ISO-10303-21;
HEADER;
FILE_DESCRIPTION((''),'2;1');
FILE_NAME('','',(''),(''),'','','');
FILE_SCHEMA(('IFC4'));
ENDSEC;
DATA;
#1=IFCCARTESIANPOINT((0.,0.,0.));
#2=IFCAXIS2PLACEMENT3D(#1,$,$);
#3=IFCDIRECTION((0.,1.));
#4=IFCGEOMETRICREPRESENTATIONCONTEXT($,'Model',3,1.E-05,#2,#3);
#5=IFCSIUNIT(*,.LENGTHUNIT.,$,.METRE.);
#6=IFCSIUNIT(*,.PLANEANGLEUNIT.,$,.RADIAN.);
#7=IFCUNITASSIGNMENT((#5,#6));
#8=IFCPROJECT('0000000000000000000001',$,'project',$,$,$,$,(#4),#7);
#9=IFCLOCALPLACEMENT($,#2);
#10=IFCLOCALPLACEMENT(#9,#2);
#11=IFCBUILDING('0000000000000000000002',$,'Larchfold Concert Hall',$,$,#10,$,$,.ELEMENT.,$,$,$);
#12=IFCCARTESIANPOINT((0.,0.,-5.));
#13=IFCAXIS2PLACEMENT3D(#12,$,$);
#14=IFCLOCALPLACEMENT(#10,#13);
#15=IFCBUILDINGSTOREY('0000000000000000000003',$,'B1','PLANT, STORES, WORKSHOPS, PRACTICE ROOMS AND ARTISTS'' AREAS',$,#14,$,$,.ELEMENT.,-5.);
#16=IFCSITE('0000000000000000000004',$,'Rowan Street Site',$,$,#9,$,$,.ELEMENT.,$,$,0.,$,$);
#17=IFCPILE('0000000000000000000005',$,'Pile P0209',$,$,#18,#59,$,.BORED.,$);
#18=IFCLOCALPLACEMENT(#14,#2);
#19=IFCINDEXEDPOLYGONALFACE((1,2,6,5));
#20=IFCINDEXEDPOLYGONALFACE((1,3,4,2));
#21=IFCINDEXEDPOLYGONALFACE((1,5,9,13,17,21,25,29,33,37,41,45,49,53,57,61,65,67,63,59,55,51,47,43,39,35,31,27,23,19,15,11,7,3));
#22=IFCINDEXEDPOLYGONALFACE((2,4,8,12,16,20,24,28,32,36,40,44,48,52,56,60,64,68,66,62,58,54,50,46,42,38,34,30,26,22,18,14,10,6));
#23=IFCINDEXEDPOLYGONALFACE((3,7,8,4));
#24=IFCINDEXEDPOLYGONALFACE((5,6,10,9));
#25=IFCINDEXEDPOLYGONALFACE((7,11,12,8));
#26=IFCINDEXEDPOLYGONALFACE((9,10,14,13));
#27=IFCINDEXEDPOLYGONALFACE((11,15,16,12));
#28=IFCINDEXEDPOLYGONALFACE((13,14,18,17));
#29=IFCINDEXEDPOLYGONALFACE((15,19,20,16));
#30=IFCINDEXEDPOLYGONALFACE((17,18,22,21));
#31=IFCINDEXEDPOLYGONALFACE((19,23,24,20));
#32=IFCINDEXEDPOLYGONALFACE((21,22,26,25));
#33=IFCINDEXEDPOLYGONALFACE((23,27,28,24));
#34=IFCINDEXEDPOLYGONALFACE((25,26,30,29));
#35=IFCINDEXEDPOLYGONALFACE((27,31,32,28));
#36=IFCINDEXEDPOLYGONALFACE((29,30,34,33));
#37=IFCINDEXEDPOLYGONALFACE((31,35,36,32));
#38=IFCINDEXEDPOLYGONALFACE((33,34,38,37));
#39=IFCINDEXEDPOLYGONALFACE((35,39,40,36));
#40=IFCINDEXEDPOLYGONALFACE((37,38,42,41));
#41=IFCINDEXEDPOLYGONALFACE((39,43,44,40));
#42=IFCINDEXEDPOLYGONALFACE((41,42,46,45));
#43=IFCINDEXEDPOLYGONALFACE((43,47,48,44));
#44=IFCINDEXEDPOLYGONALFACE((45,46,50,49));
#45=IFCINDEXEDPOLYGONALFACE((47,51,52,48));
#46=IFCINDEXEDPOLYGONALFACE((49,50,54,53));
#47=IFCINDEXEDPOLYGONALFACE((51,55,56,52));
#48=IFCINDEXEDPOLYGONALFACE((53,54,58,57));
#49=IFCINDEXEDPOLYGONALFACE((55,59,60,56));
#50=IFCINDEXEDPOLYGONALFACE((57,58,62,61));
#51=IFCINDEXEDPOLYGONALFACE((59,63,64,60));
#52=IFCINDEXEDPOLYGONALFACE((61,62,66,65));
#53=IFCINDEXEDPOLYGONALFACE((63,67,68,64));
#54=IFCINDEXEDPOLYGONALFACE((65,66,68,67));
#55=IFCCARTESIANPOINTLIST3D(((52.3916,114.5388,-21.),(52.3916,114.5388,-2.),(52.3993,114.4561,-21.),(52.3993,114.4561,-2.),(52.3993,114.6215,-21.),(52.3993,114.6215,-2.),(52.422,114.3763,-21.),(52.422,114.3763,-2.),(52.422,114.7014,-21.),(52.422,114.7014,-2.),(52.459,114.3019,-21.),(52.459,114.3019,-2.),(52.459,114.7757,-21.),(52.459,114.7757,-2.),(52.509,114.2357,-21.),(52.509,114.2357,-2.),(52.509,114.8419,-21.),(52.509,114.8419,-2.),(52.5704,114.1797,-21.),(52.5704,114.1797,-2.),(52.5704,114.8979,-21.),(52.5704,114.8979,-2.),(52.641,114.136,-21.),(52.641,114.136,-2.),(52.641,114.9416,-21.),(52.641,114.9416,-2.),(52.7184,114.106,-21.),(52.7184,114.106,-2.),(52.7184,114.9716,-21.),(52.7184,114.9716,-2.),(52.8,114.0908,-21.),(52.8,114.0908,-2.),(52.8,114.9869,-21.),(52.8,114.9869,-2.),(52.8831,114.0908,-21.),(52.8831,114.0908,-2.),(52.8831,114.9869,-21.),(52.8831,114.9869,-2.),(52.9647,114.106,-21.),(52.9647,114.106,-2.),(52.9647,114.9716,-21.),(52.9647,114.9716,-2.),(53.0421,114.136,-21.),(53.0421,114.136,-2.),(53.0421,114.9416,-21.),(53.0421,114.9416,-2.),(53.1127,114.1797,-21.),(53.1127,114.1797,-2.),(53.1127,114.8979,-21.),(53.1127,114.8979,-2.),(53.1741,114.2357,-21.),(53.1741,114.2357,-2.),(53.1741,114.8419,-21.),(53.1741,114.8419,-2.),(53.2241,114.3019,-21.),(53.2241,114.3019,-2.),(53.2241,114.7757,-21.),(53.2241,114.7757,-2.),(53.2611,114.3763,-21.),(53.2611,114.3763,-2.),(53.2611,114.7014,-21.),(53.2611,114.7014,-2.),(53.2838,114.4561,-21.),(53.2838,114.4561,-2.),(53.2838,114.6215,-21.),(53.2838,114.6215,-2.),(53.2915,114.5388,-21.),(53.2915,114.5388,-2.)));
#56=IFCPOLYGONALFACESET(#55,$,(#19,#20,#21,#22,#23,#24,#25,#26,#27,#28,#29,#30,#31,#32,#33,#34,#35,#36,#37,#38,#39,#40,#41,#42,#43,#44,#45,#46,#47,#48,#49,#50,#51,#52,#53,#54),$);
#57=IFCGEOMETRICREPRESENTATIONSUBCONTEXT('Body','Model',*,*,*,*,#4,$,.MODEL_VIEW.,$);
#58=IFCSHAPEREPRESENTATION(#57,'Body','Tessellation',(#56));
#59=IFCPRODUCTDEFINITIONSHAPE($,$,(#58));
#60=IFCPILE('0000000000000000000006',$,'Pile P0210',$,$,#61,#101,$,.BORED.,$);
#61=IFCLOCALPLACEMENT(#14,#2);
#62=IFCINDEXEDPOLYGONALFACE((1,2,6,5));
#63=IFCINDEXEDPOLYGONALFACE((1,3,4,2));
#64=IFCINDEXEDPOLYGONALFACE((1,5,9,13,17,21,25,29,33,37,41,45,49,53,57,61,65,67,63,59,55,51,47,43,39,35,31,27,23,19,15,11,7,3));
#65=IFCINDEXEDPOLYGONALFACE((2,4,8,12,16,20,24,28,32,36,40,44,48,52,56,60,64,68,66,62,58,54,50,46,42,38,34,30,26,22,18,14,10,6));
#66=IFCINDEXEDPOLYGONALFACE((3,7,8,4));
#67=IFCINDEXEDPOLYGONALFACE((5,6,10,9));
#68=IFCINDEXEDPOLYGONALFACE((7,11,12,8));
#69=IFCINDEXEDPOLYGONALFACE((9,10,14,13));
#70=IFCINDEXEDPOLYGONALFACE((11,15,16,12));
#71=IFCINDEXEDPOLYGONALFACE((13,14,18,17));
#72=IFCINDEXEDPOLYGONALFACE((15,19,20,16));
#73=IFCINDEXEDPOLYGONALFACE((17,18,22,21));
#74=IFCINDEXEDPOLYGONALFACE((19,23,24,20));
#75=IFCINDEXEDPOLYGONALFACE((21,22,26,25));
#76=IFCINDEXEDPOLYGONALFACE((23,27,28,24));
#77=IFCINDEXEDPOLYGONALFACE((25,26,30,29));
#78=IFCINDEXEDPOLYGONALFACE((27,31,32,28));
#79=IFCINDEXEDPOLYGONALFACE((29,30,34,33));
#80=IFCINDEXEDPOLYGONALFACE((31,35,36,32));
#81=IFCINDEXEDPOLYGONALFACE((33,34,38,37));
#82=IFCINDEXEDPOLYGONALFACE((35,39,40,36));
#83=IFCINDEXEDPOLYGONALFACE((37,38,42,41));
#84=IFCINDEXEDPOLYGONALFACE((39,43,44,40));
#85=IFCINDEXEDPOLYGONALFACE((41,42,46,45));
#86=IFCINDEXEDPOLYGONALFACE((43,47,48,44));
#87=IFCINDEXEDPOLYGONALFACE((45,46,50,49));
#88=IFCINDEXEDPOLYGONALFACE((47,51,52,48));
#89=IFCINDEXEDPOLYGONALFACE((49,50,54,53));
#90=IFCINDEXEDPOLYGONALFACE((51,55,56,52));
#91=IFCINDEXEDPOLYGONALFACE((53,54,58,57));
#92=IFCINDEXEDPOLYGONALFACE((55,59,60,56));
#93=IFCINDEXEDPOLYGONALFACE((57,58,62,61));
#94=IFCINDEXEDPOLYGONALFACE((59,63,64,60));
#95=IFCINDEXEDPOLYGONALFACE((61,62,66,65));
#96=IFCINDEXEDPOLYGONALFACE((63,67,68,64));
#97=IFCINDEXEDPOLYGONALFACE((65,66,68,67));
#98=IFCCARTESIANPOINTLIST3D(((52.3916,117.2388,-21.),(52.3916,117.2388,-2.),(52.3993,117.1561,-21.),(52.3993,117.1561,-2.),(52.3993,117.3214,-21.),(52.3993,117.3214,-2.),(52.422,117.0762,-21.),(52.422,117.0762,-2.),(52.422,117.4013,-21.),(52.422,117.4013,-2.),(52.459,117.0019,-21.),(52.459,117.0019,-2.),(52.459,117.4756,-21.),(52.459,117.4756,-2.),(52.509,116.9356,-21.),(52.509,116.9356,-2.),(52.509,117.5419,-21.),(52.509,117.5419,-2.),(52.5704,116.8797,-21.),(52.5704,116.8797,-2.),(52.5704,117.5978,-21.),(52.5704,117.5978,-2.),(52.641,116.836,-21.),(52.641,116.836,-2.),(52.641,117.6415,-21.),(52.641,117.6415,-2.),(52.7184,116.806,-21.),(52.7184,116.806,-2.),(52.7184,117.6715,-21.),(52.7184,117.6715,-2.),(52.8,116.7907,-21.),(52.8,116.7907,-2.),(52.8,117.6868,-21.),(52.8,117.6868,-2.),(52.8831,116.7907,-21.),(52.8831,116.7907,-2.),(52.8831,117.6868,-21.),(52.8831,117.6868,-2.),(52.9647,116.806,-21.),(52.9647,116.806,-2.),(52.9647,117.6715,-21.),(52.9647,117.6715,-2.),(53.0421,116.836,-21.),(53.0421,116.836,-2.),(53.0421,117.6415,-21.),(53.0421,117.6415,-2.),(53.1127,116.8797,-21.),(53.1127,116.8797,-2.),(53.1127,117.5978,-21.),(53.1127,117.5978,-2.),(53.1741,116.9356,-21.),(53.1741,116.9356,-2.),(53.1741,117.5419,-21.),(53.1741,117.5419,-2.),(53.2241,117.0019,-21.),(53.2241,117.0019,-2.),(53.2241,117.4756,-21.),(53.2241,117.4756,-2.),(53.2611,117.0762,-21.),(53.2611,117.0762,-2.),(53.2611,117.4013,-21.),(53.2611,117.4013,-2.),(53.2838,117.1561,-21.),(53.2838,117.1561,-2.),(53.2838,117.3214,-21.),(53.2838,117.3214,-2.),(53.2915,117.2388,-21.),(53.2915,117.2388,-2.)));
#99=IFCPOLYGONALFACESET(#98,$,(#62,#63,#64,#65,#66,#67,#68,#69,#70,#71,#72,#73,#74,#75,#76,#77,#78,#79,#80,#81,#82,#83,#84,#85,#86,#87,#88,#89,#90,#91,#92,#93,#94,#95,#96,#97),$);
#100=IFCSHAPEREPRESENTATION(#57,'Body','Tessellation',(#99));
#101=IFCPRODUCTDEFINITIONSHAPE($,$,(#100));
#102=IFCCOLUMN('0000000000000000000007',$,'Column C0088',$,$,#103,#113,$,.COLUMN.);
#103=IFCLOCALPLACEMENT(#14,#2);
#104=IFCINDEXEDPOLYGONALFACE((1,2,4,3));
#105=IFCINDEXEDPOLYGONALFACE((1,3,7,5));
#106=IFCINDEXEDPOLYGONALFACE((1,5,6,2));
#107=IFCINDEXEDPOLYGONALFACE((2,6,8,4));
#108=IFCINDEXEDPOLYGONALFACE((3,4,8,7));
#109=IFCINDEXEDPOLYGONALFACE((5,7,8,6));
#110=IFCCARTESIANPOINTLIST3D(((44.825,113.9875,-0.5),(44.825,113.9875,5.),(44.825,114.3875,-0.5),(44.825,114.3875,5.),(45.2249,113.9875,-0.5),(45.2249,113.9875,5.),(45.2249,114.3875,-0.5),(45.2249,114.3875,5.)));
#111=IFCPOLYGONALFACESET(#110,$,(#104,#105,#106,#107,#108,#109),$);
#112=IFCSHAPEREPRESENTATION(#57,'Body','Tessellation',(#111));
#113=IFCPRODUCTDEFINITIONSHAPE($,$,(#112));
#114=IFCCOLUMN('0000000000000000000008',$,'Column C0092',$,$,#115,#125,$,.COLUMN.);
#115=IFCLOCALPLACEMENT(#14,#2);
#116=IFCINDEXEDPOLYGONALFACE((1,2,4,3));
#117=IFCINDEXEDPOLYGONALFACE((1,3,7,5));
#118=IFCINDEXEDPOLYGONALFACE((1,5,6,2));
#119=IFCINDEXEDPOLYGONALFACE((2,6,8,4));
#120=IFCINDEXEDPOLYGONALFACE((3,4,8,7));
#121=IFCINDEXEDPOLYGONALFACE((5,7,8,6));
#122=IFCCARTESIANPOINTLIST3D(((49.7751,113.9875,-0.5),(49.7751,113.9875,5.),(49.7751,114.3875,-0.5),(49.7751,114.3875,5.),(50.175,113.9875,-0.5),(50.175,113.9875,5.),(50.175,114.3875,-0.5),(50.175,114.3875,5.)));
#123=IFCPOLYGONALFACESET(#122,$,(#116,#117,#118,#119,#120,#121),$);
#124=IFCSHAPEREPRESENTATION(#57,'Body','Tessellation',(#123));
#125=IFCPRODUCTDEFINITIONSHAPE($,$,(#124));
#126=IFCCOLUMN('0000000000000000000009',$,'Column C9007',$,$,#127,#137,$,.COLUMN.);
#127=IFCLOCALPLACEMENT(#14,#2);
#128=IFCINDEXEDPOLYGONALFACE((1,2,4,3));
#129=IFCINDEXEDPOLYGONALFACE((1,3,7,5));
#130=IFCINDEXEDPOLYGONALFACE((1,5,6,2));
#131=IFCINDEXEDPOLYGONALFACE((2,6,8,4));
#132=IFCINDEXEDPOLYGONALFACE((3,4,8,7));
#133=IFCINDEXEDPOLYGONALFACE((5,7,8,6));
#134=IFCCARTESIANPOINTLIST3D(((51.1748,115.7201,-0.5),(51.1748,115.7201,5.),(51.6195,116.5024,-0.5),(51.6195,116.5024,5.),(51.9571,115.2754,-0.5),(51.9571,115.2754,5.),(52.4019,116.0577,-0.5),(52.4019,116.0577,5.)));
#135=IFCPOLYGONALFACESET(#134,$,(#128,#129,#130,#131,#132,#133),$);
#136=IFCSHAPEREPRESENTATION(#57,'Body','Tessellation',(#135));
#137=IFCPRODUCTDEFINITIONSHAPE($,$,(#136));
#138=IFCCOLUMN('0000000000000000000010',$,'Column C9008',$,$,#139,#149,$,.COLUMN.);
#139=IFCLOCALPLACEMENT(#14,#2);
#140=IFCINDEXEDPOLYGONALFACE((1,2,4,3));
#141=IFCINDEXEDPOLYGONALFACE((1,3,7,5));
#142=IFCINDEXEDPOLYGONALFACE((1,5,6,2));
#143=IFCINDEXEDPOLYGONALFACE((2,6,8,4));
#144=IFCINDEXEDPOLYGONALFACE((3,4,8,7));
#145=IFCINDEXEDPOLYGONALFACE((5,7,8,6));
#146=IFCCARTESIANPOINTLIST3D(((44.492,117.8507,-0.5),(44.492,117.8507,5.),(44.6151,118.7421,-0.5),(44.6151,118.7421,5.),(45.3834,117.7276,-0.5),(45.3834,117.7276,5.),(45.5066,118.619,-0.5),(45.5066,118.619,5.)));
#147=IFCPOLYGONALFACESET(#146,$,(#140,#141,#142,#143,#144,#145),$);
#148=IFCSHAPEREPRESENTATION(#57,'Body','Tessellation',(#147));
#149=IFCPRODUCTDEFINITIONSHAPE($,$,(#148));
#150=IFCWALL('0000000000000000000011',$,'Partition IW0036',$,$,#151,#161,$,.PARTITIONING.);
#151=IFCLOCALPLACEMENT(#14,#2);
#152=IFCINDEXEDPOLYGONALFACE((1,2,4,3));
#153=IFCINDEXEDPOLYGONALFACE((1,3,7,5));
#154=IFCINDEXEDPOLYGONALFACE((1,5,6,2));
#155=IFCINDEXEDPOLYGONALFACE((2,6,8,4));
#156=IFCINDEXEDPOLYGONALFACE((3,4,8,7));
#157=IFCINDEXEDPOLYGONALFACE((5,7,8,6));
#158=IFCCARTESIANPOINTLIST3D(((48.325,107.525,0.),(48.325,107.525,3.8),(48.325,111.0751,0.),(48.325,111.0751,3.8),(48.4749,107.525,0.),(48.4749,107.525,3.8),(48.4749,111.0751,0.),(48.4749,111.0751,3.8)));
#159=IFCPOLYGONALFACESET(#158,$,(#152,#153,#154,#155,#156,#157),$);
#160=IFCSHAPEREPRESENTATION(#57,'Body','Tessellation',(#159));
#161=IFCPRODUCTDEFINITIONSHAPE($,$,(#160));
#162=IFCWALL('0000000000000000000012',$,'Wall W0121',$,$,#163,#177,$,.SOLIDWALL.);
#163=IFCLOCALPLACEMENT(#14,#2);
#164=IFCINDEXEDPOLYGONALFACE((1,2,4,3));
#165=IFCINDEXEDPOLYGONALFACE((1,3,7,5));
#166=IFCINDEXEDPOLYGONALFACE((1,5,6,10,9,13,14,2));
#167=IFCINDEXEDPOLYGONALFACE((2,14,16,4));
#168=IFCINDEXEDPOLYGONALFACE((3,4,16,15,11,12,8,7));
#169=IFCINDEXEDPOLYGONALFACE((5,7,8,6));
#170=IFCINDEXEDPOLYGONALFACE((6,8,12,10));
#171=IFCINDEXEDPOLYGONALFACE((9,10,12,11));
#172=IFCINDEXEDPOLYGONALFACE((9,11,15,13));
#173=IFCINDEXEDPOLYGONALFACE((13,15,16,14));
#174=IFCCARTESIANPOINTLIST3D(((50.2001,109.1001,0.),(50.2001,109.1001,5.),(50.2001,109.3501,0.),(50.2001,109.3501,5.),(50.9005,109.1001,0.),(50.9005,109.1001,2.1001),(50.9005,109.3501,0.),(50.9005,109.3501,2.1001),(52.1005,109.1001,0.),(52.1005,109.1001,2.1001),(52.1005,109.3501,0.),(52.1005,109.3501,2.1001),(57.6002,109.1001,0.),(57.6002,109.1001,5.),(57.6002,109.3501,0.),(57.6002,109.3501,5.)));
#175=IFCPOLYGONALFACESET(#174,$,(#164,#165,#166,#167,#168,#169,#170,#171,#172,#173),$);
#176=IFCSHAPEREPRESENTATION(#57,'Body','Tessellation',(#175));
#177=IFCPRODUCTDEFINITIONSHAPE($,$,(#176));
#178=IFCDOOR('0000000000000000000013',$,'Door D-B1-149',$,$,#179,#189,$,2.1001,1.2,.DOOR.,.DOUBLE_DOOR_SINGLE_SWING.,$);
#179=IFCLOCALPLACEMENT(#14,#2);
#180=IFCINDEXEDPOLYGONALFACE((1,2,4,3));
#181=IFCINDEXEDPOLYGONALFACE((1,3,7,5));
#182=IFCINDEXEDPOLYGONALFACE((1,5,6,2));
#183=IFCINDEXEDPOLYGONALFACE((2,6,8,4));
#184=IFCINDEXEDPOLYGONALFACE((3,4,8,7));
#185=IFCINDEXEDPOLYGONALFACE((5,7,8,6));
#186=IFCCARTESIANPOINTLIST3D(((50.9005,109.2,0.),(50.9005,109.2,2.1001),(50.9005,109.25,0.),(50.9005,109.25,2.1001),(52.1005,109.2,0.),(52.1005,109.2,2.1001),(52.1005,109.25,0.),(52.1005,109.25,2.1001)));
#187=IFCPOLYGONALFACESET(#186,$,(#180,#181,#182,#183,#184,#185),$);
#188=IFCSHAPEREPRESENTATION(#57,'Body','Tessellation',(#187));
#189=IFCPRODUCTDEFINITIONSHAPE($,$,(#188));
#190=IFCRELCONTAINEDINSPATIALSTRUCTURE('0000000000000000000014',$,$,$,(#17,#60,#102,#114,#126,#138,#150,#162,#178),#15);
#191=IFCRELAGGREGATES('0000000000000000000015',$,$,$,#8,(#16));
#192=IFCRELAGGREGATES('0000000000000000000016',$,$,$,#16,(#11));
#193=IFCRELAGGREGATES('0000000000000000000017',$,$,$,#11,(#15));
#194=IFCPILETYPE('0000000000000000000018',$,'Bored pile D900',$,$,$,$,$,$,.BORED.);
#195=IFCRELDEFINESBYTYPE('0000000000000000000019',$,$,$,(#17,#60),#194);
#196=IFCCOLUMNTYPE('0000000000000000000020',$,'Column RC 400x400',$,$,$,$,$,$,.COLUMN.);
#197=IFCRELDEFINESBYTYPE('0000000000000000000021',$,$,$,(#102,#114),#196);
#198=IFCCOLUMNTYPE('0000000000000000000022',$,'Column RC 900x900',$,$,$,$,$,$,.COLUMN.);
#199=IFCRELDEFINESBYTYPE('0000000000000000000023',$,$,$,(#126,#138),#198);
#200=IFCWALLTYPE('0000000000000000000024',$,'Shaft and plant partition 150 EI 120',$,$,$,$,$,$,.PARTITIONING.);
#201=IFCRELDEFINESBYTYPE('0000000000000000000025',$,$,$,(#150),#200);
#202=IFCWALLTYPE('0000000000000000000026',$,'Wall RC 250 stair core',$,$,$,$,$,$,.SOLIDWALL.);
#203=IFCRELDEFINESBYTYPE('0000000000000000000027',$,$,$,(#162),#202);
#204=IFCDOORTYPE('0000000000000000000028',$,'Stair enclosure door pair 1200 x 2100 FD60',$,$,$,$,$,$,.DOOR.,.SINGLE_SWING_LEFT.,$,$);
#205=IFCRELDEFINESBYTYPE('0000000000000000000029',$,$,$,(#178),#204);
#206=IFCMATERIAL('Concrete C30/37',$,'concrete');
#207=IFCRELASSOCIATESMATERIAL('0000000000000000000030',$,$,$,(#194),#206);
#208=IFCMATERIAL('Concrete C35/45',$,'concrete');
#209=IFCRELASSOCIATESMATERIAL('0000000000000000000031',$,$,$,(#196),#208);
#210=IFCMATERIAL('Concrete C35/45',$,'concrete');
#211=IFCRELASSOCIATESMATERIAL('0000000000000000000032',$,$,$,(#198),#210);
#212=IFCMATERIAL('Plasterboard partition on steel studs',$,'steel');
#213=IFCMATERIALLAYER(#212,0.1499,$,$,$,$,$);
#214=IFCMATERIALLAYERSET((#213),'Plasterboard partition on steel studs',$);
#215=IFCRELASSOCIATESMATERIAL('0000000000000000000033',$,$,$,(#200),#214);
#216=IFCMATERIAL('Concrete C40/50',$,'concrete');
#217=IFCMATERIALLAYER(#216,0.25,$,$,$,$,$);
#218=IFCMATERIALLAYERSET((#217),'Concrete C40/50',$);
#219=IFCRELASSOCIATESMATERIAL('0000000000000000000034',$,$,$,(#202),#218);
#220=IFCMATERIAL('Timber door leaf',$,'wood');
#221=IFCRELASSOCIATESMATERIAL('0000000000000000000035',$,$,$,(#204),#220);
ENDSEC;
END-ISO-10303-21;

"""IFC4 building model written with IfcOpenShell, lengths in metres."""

from ifc_helpers import new_model, si_unit, direction, frame, frame_2d, origin, origin_2d, place, context, subcontext, project, spatial, rectangle, circle, extrude, material, layer, layer_set, material_profile, profile_set, type_object, element, fill, save


model = new_model("IFC4")

# Units and contexts
model_context = context("Model", 3, precision=1e-05, world=origin(), true_north=direction((0.0, 1.0)))
body_context = subcontext(model_context, "Body", "Model", "MODEL_VIEW")
ifc_project = project(units=[si_unit("LENGTHUNIT", "METRE"), si_unit("PLANEANGLEUNIT", "RADIAN")], contexts=[model_context])

# Site, building, storey
site_placement = place(None, origin())
site = spatial("IfcSite", under=ifc_project, at=site_placement, Name="Rowan Street Site", CompositionType="ELEMENT", RefElevation=0.0)
building_placement = place(site_placement, origin())
building = spatial("IfcBuilding", under=site, at=building_placement, Name="Larchfold Concert Hall", CompositionType="ELEMENT")
storey_placement = place(building_placement, frame((0.0, 0.0, -5.0)))
storey = spatial("IfcBuildingStorey", under=building, at=storey_placement, Name="B1", Description="PLANT, STORES, WORKSHOPS, PRACTICE ROOMS AND ARTISTS' AREAS", CompositionType="ELEMENT", Elevation=-5.0)

# Piles
ifc_material_1 = material(Name="Concrete C30/37", Category="concrete")
ifc_material_profile_1 = material_profile(ifc_material_1, circle(Radius=0.45, at=origin_2d()))
ifc_profile_set_1 = profile_set([ifc_material_profile_1], Name="Concrete C30/37")
pile_type_1 = type_object("IfcPileType", Name="Bored pile D900", PredefinedType="BORED", material=ifc_profile_set_1)
for number, where, z_axis, x_axis, name in (
    (1, (52.8416, 114.5388, -2.0), (0.0, 0.0, -1.0), (1.0, 0.0, 0.0), "Pile P0209"),
    (2, (52.8416, 117.2388, -2.0), (0.0, 0.0, -1.0), (1.0, 0.0, 0.0), "Pile P0210"),
):
    element("IfcPile", number, at=place(storey_placement, frame(where, z_axis=z_axis, x_axis=x_axis)), inside=storey, type_object=pile_type_1, Name=name, PredefinedType="BORED", context=body_context, shape_type="SweptSolid", body=[
        extrude(circle(Radius=0.45, at=origin_2d()), origin(), (0.0, 0.0, 1.0), 19.0),
    ])

# Columns
ifc_material_2 = material(Name="Concrete C35/45", Category="concrete")
ifc_material_profile_2 = material_profile(ifc_material_2, rectangle(XDim=0.3999, YDim=0.3999, at=origin_2d()))
ifc_profile_set_2 = profile_set([ifc_material_profile_2], Name="Concrete C35/45")
column_type_1 = type_object("IfcColumnType", Name="Column RC 400x400", PredefinedType="COLUMN", material=ifc_profile_set_2)
for number, where, z_axis, x_axis, name in (
    (3, (45.0249, 114.1875, -0.5), (0.0, 0.0, 1.0), (1.0, 0.0, 0.0), "Column C0088"),
    (4, (49.9751, 114.1875, -0.5), (0.0, 0.0, 1.0), (1.0, 0.0, 0.0), "Column C0092"),
):
    element("IfcColumn", number, at=place(storey_placement, frame(where, z_axis=z_axis, x_axis=x_axis)), inside=storey, type_object=column_type_1, Name=name, PredefinedType="COLUMN", context=body_context, shape_type="SweptSolid", body=[
        extrude(rectangle(XDim=0.3999, YDim=0.3999, at=origin_2d()), origin(), (0.0, 0.0, 1.0), 5.5),
    ])
ifc_material_3 = material(Name="Concrete C35/45", Category="concrete")
ifc_material_profile_3 = material_profile(ifc_material_3, rectangle(XDim=0.8999, YDim=0.8999, at=origin_2d()))
ifc_profile_set_3 = profile_set([ifc_material_profile_3], Name="Concrete C35/45")
column_type_2 = type_object("IfcColumnType", Name="Column RC 900x900", PredefinedType="COLUMN", material=ifc_profile_set_3)
for number, where, z_axis, x_axis, name in (
    (5, (51.7883, 115.8889, -0.5), (0.0, 0.0, 1.0), (0.494204, 0.869346, 0.0), "Column C9007"),
    (6, (44.9993, 118.2349, -0.5), (0.0, 0.0, 1.0), (0.136831, 0.990594, 0.0), "Column C9008"),
):
    element("IfcColumn", number, at=place(storey_placement, frame(where, z_axis=z_axis, x_axis=x_axis)), inside=storey, type_object=column_type_2, Name=name, PredefinedType="COLUMN", context=body_context, shape_type="SweptSolid", body=[
        extrude(rectangle(XDim=0.8999, YDim=0.8999, at=origin_2d()), origin(), (0.0, 0.0, 1.0), 5.5),
    ])

# Wall
ifc_material_4 = material(Name="Plasterboard partition on steel studs", Category="steel")
ifc_layer_1 = layer(ifc_material_4, 0.1499)
ifc_layer_set_1 = layer_set([ifc_layer_1], Name="Plasterboard partition on steel studs")
wall_type_1 = type_object("IfcWallType", Name="Shaft and plant partition 150 EI 120", PredefinedType="PARTITIONING", material=ifc_layer_set_1)
wall_1_placement = place(storey_placement, frame((48.3999, 111.075, 0.0), z_axis=(0.0, 0.0, 1.0), x_axis=(0.0, -1.0, 0.0)))
element("IfcWall", 7, at=wall_1_placement, inside=storey, type_object=wall_type_1, Name="Partition IW0036", PredefinedType="PARTITIONING", context=body_context, shape_type="SweptSolid", body=[
    extrude(rectangle(XDim=3.55, YDim=0.1499, at=frame_2d((1.7749, 0.0))), origin(), (0.0, 0.0, 1.0), 3.8),
])

# Wall, opening, door
ifc_material_5 = material(Name="Concrete C40/50", Category="concrete")
ifc_layer_2 = layer(ifc_material_5, 0.25)
ifc_layer_set_2 = layer_set([ifc_layer_2], Name="Concrete C40/50")
wall_type_2 = type_object("IfcWallType", Name="Wall RC 250 stair core", PredefinedType="SOLIDWALL", material=ifc_layer_set_2)
wall_2_placement = place(storey_placement, frame((50.2, 109.2251, 0.0), z_axis=(0.0, 0.0, 1.0), x_axis=(1.0, 0.0, 0.0)))
wall_2 = element("IfcWall", 8, at=wall_2_placement, inside=storey, type_object=wall_type_2, Name="Wall W0121", PredefinedType="SOLIDWALL", context=body_context, shape_type="SweptSolid", body=[
    extrude(rectangle(XDim=7.4001, YDim=0.25, at=frame_2d((3.7002, 0.0))), origin(), (0.0, 0.0, 1.0), 5.0),
])
opening_placement = place(wall_2_placement, frame((0.7004, 0.0, 0.0)))
opening = element("IfcOpeningElement", 9, at=opening_placement, cuts=wall_2, PredefinedType="OPENING", context=body_context, shape_type="SweptSolid", body=[
    extrude(rectangle(XDim=1.2, YDim=2.1001, at=frame_2d((0.6001, 1.05))), frame((0.0, 0.135, 0.0), z_axis=(0.0, -1.0, 0.0), x_axis=(1.0, 0.0, 0.0)), (0.0, 0.0, 1.0), 0.27),
])
ifc_material_6 = material(Name="Timber door leaf", Category="wood")
door_type = type_object("IfcDoorType", Name="Stair enclosure door pair 1200 x 2100 FD60", OperationType="SINGLE_SWING_LEFT", PredefinedType="DOOR", material=ifc_material_6)
door_placement = place(opening_placement, origin())
door = element("IfcDoor", 10, at=door_placement, inside=storey, type_object=door_type, Name="Door D-B1-149", OperationType="DOUBLE_DOOR_SINGLE_SWING", OverallHeight=2.1001, OverallWidth=1.2, PredefinedType="DOOR", context=body_context, shape_type="SweptSolid", body=[
    extrude(rectangle(XDim=1.2, YDim=2.1001, at=frame_2d((0.6001, 1.05))), frame((0.0, 0.0249, 0.0), z_axis=(0.0, -1.0, 0.0), x_axis=(1.0, 0.0, 0.0)), (0.0, 0.0, 1.0), 0.05),
])
fill(opening, door)

save(model, "model.ifc")
